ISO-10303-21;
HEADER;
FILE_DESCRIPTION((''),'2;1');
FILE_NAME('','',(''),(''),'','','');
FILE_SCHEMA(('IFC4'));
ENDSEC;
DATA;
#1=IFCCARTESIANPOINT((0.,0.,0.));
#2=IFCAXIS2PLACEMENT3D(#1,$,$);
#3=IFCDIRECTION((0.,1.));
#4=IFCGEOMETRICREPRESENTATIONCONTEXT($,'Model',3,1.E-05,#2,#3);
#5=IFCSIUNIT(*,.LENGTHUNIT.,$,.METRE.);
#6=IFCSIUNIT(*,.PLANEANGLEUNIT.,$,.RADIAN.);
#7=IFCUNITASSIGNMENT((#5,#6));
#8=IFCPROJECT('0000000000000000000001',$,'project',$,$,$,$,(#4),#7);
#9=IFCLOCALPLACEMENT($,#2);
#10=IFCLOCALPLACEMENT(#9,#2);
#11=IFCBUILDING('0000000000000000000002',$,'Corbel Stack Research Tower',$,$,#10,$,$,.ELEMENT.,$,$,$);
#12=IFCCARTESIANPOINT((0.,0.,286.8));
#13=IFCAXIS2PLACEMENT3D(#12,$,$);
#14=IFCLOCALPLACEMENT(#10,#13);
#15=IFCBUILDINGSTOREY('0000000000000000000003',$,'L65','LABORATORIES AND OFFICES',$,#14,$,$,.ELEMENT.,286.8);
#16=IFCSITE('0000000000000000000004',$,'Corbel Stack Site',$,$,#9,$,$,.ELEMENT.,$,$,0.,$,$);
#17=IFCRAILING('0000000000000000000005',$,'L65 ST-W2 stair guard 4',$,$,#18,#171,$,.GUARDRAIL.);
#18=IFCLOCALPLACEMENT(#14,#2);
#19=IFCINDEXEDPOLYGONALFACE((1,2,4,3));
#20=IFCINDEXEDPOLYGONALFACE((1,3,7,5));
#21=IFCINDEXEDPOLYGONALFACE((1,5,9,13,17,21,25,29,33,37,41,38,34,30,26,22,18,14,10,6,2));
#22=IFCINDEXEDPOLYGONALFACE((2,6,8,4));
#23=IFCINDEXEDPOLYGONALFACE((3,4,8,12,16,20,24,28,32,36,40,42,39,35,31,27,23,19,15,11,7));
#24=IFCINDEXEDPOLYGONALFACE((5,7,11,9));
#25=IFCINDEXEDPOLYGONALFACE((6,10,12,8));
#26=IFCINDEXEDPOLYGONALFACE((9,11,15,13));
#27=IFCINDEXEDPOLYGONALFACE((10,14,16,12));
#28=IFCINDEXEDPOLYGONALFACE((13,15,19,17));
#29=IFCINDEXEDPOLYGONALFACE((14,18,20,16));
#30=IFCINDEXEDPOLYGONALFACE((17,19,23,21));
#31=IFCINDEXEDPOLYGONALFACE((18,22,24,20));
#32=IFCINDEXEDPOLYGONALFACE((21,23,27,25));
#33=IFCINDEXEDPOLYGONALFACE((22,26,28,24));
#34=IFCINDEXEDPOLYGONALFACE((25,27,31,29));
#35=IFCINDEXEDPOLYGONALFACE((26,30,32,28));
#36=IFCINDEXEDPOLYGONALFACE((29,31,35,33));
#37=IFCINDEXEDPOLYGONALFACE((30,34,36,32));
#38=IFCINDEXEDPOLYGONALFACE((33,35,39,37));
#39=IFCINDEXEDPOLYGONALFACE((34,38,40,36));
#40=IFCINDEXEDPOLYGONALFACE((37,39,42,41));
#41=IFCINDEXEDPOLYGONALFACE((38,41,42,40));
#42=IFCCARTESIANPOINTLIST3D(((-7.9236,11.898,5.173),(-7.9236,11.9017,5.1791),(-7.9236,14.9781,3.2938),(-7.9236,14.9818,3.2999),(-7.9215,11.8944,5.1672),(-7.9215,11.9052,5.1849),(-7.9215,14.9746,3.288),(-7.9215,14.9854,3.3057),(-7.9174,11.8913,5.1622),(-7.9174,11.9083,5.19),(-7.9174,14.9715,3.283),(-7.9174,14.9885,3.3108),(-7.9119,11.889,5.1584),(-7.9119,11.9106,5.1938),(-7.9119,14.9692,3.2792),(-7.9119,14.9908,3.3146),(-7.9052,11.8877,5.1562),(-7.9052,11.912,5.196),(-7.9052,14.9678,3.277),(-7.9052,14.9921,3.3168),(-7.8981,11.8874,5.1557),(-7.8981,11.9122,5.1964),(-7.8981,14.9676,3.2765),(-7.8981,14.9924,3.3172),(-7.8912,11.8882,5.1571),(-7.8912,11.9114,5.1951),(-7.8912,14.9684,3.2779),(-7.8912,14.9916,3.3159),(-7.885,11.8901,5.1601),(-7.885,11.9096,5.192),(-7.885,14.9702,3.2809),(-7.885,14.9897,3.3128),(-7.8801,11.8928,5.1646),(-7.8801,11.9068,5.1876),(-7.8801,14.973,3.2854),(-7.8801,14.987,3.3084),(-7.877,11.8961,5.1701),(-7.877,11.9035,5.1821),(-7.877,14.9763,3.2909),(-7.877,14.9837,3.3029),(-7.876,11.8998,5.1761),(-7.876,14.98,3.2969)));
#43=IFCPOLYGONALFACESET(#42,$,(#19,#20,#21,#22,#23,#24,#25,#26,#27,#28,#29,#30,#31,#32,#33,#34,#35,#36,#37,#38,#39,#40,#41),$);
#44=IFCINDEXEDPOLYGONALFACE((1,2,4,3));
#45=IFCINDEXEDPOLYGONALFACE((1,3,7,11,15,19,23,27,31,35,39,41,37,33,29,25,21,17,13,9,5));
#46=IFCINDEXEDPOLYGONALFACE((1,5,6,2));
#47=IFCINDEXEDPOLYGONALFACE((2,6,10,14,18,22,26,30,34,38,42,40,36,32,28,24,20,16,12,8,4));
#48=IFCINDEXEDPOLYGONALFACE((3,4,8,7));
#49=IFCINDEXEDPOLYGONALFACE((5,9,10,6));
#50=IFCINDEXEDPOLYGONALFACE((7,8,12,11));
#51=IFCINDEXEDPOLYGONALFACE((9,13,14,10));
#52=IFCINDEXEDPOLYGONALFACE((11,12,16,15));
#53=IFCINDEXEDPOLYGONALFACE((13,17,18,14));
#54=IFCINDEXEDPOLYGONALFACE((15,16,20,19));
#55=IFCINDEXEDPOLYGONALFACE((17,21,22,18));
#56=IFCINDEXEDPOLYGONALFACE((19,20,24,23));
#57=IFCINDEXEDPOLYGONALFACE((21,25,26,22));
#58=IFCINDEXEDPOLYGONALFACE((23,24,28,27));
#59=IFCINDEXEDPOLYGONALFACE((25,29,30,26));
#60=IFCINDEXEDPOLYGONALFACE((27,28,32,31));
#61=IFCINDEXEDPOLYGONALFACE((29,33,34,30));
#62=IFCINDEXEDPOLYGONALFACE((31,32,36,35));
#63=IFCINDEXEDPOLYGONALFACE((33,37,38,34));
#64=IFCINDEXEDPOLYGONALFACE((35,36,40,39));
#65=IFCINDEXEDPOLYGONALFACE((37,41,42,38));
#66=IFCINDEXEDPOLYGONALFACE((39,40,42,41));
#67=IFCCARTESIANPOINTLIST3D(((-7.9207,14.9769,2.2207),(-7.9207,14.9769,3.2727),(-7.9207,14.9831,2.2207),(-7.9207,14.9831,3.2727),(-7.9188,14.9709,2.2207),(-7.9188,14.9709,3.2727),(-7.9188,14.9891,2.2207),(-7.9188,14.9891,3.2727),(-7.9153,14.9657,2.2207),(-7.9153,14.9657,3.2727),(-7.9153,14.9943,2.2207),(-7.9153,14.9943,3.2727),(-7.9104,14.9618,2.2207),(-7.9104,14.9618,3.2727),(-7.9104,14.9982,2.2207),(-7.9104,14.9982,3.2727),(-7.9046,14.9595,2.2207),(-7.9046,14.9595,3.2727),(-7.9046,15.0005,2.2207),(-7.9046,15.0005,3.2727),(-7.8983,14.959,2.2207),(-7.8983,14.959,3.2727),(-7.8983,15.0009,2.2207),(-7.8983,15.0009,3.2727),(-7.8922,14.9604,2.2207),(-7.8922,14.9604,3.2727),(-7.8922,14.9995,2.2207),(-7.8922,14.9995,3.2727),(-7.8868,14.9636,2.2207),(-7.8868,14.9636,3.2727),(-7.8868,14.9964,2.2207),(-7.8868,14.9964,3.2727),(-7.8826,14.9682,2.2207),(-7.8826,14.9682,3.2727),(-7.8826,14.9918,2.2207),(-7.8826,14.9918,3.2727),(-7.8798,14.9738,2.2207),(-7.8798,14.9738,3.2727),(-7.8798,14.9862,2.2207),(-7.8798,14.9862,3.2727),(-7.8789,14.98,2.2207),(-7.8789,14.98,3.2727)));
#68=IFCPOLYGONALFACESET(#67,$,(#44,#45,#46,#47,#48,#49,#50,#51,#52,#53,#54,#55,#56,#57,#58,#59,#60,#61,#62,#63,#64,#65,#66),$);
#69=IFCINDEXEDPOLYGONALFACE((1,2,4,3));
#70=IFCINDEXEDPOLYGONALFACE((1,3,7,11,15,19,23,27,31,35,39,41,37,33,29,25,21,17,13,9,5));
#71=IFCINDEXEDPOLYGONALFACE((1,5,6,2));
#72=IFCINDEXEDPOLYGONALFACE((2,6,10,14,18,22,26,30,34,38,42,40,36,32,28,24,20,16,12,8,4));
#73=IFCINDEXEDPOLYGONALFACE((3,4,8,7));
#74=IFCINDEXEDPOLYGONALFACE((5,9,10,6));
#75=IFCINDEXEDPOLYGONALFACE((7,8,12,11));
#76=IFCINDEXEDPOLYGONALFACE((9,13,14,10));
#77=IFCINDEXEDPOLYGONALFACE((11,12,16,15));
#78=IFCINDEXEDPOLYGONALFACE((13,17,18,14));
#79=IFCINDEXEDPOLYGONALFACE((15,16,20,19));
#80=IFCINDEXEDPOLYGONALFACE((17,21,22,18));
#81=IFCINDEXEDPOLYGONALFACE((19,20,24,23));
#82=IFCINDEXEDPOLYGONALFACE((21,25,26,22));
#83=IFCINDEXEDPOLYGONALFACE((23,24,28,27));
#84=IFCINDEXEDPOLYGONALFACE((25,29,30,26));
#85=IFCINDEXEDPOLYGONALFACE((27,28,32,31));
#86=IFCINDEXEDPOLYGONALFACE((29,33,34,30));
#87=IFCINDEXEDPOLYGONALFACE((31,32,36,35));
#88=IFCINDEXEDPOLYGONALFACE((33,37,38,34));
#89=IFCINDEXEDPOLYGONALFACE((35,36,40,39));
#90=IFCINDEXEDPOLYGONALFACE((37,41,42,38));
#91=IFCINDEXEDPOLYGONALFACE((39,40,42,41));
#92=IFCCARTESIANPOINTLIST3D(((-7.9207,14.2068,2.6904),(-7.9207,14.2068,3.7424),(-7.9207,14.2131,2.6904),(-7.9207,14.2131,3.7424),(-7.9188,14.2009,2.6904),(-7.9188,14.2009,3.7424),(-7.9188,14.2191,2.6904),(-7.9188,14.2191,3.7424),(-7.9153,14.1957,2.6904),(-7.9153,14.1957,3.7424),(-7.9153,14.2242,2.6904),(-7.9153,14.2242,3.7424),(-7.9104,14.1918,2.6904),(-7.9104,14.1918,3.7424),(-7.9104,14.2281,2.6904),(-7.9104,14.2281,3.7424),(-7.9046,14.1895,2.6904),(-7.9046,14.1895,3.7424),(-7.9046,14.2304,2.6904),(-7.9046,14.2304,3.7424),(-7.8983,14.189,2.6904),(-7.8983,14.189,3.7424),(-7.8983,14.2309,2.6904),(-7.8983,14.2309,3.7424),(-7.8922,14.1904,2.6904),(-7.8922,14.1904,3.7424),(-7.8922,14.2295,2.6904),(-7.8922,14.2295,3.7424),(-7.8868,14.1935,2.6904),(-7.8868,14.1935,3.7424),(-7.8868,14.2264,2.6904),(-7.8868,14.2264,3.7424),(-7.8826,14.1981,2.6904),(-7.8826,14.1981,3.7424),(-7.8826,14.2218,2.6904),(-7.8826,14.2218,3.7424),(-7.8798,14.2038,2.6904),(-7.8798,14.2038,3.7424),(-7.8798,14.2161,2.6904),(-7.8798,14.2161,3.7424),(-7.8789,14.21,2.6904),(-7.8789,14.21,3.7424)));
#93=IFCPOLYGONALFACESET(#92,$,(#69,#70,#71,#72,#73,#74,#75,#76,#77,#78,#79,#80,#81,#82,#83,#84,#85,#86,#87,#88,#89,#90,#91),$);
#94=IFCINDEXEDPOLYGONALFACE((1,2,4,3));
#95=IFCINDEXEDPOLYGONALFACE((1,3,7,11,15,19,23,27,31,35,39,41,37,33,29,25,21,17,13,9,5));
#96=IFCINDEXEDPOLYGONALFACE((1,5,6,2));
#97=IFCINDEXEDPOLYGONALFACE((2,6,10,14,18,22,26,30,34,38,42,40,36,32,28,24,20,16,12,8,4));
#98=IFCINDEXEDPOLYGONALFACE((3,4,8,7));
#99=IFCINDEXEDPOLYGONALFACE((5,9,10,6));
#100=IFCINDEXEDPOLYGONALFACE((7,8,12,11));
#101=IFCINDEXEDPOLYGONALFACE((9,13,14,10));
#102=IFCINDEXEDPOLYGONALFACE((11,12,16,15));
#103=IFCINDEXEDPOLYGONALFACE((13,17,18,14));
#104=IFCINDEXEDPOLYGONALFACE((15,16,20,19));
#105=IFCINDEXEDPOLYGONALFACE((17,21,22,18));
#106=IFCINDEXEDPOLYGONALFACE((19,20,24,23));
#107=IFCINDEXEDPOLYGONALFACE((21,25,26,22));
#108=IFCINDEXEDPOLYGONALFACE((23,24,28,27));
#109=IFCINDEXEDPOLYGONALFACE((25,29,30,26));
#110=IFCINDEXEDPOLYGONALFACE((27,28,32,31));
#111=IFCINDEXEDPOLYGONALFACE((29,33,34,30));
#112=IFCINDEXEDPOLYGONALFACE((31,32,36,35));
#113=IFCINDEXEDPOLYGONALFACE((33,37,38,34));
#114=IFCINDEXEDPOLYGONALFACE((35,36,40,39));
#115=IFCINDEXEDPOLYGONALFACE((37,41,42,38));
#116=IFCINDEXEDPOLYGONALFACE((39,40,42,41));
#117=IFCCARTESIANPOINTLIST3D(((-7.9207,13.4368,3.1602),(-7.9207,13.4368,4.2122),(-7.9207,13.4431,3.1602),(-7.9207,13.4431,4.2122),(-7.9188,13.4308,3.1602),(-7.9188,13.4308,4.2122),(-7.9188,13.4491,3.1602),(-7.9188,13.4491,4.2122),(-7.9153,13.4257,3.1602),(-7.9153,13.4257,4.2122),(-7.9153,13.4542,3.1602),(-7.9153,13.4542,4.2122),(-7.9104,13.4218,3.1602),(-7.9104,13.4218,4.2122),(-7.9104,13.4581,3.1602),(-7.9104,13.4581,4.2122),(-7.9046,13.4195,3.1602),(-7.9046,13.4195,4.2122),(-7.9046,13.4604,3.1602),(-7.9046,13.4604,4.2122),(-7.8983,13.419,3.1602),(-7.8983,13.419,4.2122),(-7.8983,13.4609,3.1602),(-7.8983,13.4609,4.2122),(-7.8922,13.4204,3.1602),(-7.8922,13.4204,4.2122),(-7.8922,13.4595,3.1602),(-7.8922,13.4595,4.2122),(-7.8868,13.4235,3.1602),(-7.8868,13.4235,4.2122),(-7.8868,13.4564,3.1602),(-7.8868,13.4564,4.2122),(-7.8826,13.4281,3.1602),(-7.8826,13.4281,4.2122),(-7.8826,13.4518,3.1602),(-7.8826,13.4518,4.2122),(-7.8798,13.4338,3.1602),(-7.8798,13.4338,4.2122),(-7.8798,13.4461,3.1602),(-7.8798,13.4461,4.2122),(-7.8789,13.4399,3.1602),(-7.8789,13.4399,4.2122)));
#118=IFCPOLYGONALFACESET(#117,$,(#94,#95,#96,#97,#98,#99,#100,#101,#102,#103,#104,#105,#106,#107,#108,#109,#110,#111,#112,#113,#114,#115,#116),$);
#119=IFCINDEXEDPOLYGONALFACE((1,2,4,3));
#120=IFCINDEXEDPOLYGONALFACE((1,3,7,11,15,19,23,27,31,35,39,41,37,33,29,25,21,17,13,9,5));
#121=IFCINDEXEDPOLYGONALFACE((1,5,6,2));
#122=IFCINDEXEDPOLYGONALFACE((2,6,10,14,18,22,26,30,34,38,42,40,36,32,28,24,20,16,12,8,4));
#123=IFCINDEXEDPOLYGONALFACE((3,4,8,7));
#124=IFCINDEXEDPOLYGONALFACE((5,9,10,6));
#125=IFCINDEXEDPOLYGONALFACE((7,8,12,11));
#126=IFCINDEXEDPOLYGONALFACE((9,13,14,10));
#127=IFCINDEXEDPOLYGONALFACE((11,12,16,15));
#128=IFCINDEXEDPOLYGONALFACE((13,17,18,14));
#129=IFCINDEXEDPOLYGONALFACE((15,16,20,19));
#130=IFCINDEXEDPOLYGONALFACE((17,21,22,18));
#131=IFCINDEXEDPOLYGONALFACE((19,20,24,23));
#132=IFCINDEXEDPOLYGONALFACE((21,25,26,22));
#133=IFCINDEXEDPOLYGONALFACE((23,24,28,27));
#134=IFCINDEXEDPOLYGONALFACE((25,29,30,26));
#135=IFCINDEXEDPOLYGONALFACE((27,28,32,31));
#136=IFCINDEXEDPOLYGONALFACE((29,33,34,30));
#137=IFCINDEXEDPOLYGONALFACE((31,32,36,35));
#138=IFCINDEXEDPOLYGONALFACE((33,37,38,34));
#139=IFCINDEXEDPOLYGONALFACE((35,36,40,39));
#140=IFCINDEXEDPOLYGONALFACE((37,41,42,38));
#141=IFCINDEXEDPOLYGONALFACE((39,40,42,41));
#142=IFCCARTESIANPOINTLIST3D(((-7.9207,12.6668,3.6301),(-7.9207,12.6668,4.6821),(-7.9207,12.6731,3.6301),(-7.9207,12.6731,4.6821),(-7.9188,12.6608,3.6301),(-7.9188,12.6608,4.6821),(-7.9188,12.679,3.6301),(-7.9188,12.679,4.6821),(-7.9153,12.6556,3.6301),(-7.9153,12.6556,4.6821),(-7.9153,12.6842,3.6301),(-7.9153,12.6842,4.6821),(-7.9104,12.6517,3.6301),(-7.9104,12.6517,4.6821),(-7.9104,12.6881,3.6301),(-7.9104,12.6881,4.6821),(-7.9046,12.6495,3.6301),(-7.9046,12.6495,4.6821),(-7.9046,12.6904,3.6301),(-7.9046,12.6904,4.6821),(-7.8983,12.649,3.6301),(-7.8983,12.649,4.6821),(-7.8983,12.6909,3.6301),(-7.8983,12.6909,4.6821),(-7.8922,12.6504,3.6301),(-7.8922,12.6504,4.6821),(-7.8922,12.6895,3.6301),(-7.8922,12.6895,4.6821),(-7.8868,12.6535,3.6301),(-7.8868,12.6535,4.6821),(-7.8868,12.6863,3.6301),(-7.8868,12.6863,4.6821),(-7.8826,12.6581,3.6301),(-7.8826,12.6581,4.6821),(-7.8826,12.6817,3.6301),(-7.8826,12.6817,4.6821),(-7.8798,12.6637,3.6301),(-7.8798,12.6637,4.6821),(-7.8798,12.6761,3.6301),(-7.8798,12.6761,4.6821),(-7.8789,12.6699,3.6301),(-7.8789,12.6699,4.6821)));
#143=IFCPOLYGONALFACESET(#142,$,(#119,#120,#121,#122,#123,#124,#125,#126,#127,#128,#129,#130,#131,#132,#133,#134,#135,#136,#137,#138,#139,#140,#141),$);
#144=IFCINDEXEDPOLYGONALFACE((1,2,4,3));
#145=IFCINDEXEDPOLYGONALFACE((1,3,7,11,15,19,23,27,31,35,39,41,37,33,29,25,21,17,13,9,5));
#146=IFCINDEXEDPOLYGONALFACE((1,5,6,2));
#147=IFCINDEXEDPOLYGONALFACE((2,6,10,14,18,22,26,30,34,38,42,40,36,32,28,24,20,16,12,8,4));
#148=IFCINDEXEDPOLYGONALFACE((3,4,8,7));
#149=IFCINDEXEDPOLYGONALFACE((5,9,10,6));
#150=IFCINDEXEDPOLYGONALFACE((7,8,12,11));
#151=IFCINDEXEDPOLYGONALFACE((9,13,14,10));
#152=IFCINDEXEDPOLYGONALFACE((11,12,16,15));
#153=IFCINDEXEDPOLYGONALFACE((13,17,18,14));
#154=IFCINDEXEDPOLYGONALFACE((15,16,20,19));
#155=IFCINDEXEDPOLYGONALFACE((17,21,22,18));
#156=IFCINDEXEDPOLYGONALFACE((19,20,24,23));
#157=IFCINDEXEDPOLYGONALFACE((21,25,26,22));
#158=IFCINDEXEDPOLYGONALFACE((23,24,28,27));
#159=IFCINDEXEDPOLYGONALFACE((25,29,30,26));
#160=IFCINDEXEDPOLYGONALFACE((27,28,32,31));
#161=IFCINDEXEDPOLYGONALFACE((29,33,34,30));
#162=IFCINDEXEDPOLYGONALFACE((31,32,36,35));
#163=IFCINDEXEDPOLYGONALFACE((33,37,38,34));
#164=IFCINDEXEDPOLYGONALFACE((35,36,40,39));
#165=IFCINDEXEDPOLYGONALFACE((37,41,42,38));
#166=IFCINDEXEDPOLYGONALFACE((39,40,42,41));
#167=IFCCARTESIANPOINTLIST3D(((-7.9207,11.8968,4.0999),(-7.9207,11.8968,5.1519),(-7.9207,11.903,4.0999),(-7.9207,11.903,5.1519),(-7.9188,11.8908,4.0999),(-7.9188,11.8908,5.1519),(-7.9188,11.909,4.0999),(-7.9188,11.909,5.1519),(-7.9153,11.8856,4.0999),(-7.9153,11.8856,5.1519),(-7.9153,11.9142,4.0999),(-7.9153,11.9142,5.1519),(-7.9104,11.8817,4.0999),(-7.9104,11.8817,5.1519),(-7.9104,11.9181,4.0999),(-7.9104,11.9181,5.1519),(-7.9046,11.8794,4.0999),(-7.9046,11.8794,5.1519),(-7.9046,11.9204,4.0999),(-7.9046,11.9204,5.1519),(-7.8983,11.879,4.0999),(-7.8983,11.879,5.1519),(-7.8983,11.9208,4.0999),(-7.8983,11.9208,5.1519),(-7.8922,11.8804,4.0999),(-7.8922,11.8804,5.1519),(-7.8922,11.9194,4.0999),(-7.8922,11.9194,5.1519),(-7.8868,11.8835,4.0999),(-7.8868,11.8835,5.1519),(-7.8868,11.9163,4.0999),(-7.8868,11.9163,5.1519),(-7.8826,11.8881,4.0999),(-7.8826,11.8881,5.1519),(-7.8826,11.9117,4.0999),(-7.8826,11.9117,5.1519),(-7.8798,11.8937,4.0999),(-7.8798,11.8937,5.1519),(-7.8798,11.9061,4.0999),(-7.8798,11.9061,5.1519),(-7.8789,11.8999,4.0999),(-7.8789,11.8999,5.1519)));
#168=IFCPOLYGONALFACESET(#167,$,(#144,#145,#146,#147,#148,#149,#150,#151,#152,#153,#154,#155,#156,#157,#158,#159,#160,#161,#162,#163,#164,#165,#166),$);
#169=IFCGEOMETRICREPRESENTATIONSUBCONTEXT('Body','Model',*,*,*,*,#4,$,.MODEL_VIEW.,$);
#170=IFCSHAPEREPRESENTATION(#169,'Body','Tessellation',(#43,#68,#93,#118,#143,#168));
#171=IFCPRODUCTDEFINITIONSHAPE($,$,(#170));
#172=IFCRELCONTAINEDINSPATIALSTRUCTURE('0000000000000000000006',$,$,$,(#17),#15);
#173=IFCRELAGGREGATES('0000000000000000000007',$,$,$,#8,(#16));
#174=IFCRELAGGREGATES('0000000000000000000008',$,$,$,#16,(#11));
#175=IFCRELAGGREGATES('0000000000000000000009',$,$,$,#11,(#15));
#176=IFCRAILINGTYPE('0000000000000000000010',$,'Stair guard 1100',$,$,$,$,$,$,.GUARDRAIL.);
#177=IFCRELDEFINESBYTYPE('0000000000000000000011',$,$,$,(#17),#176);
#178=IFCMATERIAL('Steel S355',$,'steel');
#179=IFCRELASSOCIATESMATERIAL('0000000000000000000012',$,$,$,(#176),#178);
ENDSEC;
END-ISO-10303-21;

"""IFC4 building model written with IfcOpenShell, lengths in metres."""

from ifc_helpers import new_model, si_unit, direction, frame, origin, origin_2d, place, context, subcontext, project, spatial, circle, extrude, material, type_object, element, save


model = new_model("IFC4")

# Units and contexts
model_context = context("Model", 3, precision=1e-05, world=origin(), true_north=direction((0.0, 1.0)))
body_context = subcontext(model_context, "Body", "Model", "MODEL_VIEW")
ifc_project = project(units=[si_unit("LENGTHUNIT", "METRE"), si_unit("PLANEANGLEUNIT", "RADIAN")], contexts=[model_context])

# Site, building, storey
site_placement = place(None, origin())
site = spatial("IfcSite", under=ifc_project, at=site_placement, Name="Corbel Stack Site", CompositionType="ELEMENT", RefElevation=0.0)
building_placement = place(site_placement, origin())
building = spatial("IfcBuilding", under=site, at=building_placement, Name="Corbel Stack Research Tower", CompositionType="ELEMENT")
storey_placement = place(building_placement, frame((0.0, 0.0, 286.8)))
storey = spatial("IfcBuildingStorey", under=building, at=storey_placement, Name="L65", Description="LABORATORIES AND OFFICES", CompositionType="ELEMENT", Elevation=286.8)

# Railing
ifc_material_1 = material(Name="Steel S355", Category="steel")
railing_type_1 = type_object("IfcRailingType", Name="Stair guard 1100", PredefinedType="GUARDRAIL", material=ifc_material_1)
railing_1_placement = place(storey_placement, frame((-7.8999, 14.98, 2.2207)))
element("IfcRailing", 1, at=railing_1_placement, inside=storey, type_object=railing_type_1, Name="L65 ST-W2 stair guard 4", PredefinedType="GUARDRAIL", context=body_context, shape_type="SweptSolid", body=[
    extrude(circle(Radius=0.0239, at=origin_2d()), frame((0.0, 0.0, 1.0762), z_axis=(0.0, -0.853666, 0.52082), x_axis=(1.0, 0.0, 0.0)), (0.0, 0.0, 1.0), 3.6082),
    extrude(circle(Radius=0.021, at=origin_2d()), origin(), (0.0, 0.0, 1.0), 1.052),
    extrude(circle(Radius=0.021, at=origin_2d()), frame((0.0, -0.77, 0.4697)), (0.0, 0.0, 1.0), 1.052),
    extrude(circle(Radius=0.021, at=origin_2d()), frame((0.0, -1.54, 0.9395)), (0.0, 0.0, 1.0), 1.052),
    extrude(circle(Radius=0.021, at=origin_2d()), frame((0.0, -2.3101, 1.4094)), (0.0, 0.0, 1.0), 1.052),
    extrude(circle(Radius=0.021, at=origin_2d()), frame((0.0, -3.0801, 1.8792)), (0.0, 0.0, 1.0), 1.052),
])

save(model, "model.ifc")
